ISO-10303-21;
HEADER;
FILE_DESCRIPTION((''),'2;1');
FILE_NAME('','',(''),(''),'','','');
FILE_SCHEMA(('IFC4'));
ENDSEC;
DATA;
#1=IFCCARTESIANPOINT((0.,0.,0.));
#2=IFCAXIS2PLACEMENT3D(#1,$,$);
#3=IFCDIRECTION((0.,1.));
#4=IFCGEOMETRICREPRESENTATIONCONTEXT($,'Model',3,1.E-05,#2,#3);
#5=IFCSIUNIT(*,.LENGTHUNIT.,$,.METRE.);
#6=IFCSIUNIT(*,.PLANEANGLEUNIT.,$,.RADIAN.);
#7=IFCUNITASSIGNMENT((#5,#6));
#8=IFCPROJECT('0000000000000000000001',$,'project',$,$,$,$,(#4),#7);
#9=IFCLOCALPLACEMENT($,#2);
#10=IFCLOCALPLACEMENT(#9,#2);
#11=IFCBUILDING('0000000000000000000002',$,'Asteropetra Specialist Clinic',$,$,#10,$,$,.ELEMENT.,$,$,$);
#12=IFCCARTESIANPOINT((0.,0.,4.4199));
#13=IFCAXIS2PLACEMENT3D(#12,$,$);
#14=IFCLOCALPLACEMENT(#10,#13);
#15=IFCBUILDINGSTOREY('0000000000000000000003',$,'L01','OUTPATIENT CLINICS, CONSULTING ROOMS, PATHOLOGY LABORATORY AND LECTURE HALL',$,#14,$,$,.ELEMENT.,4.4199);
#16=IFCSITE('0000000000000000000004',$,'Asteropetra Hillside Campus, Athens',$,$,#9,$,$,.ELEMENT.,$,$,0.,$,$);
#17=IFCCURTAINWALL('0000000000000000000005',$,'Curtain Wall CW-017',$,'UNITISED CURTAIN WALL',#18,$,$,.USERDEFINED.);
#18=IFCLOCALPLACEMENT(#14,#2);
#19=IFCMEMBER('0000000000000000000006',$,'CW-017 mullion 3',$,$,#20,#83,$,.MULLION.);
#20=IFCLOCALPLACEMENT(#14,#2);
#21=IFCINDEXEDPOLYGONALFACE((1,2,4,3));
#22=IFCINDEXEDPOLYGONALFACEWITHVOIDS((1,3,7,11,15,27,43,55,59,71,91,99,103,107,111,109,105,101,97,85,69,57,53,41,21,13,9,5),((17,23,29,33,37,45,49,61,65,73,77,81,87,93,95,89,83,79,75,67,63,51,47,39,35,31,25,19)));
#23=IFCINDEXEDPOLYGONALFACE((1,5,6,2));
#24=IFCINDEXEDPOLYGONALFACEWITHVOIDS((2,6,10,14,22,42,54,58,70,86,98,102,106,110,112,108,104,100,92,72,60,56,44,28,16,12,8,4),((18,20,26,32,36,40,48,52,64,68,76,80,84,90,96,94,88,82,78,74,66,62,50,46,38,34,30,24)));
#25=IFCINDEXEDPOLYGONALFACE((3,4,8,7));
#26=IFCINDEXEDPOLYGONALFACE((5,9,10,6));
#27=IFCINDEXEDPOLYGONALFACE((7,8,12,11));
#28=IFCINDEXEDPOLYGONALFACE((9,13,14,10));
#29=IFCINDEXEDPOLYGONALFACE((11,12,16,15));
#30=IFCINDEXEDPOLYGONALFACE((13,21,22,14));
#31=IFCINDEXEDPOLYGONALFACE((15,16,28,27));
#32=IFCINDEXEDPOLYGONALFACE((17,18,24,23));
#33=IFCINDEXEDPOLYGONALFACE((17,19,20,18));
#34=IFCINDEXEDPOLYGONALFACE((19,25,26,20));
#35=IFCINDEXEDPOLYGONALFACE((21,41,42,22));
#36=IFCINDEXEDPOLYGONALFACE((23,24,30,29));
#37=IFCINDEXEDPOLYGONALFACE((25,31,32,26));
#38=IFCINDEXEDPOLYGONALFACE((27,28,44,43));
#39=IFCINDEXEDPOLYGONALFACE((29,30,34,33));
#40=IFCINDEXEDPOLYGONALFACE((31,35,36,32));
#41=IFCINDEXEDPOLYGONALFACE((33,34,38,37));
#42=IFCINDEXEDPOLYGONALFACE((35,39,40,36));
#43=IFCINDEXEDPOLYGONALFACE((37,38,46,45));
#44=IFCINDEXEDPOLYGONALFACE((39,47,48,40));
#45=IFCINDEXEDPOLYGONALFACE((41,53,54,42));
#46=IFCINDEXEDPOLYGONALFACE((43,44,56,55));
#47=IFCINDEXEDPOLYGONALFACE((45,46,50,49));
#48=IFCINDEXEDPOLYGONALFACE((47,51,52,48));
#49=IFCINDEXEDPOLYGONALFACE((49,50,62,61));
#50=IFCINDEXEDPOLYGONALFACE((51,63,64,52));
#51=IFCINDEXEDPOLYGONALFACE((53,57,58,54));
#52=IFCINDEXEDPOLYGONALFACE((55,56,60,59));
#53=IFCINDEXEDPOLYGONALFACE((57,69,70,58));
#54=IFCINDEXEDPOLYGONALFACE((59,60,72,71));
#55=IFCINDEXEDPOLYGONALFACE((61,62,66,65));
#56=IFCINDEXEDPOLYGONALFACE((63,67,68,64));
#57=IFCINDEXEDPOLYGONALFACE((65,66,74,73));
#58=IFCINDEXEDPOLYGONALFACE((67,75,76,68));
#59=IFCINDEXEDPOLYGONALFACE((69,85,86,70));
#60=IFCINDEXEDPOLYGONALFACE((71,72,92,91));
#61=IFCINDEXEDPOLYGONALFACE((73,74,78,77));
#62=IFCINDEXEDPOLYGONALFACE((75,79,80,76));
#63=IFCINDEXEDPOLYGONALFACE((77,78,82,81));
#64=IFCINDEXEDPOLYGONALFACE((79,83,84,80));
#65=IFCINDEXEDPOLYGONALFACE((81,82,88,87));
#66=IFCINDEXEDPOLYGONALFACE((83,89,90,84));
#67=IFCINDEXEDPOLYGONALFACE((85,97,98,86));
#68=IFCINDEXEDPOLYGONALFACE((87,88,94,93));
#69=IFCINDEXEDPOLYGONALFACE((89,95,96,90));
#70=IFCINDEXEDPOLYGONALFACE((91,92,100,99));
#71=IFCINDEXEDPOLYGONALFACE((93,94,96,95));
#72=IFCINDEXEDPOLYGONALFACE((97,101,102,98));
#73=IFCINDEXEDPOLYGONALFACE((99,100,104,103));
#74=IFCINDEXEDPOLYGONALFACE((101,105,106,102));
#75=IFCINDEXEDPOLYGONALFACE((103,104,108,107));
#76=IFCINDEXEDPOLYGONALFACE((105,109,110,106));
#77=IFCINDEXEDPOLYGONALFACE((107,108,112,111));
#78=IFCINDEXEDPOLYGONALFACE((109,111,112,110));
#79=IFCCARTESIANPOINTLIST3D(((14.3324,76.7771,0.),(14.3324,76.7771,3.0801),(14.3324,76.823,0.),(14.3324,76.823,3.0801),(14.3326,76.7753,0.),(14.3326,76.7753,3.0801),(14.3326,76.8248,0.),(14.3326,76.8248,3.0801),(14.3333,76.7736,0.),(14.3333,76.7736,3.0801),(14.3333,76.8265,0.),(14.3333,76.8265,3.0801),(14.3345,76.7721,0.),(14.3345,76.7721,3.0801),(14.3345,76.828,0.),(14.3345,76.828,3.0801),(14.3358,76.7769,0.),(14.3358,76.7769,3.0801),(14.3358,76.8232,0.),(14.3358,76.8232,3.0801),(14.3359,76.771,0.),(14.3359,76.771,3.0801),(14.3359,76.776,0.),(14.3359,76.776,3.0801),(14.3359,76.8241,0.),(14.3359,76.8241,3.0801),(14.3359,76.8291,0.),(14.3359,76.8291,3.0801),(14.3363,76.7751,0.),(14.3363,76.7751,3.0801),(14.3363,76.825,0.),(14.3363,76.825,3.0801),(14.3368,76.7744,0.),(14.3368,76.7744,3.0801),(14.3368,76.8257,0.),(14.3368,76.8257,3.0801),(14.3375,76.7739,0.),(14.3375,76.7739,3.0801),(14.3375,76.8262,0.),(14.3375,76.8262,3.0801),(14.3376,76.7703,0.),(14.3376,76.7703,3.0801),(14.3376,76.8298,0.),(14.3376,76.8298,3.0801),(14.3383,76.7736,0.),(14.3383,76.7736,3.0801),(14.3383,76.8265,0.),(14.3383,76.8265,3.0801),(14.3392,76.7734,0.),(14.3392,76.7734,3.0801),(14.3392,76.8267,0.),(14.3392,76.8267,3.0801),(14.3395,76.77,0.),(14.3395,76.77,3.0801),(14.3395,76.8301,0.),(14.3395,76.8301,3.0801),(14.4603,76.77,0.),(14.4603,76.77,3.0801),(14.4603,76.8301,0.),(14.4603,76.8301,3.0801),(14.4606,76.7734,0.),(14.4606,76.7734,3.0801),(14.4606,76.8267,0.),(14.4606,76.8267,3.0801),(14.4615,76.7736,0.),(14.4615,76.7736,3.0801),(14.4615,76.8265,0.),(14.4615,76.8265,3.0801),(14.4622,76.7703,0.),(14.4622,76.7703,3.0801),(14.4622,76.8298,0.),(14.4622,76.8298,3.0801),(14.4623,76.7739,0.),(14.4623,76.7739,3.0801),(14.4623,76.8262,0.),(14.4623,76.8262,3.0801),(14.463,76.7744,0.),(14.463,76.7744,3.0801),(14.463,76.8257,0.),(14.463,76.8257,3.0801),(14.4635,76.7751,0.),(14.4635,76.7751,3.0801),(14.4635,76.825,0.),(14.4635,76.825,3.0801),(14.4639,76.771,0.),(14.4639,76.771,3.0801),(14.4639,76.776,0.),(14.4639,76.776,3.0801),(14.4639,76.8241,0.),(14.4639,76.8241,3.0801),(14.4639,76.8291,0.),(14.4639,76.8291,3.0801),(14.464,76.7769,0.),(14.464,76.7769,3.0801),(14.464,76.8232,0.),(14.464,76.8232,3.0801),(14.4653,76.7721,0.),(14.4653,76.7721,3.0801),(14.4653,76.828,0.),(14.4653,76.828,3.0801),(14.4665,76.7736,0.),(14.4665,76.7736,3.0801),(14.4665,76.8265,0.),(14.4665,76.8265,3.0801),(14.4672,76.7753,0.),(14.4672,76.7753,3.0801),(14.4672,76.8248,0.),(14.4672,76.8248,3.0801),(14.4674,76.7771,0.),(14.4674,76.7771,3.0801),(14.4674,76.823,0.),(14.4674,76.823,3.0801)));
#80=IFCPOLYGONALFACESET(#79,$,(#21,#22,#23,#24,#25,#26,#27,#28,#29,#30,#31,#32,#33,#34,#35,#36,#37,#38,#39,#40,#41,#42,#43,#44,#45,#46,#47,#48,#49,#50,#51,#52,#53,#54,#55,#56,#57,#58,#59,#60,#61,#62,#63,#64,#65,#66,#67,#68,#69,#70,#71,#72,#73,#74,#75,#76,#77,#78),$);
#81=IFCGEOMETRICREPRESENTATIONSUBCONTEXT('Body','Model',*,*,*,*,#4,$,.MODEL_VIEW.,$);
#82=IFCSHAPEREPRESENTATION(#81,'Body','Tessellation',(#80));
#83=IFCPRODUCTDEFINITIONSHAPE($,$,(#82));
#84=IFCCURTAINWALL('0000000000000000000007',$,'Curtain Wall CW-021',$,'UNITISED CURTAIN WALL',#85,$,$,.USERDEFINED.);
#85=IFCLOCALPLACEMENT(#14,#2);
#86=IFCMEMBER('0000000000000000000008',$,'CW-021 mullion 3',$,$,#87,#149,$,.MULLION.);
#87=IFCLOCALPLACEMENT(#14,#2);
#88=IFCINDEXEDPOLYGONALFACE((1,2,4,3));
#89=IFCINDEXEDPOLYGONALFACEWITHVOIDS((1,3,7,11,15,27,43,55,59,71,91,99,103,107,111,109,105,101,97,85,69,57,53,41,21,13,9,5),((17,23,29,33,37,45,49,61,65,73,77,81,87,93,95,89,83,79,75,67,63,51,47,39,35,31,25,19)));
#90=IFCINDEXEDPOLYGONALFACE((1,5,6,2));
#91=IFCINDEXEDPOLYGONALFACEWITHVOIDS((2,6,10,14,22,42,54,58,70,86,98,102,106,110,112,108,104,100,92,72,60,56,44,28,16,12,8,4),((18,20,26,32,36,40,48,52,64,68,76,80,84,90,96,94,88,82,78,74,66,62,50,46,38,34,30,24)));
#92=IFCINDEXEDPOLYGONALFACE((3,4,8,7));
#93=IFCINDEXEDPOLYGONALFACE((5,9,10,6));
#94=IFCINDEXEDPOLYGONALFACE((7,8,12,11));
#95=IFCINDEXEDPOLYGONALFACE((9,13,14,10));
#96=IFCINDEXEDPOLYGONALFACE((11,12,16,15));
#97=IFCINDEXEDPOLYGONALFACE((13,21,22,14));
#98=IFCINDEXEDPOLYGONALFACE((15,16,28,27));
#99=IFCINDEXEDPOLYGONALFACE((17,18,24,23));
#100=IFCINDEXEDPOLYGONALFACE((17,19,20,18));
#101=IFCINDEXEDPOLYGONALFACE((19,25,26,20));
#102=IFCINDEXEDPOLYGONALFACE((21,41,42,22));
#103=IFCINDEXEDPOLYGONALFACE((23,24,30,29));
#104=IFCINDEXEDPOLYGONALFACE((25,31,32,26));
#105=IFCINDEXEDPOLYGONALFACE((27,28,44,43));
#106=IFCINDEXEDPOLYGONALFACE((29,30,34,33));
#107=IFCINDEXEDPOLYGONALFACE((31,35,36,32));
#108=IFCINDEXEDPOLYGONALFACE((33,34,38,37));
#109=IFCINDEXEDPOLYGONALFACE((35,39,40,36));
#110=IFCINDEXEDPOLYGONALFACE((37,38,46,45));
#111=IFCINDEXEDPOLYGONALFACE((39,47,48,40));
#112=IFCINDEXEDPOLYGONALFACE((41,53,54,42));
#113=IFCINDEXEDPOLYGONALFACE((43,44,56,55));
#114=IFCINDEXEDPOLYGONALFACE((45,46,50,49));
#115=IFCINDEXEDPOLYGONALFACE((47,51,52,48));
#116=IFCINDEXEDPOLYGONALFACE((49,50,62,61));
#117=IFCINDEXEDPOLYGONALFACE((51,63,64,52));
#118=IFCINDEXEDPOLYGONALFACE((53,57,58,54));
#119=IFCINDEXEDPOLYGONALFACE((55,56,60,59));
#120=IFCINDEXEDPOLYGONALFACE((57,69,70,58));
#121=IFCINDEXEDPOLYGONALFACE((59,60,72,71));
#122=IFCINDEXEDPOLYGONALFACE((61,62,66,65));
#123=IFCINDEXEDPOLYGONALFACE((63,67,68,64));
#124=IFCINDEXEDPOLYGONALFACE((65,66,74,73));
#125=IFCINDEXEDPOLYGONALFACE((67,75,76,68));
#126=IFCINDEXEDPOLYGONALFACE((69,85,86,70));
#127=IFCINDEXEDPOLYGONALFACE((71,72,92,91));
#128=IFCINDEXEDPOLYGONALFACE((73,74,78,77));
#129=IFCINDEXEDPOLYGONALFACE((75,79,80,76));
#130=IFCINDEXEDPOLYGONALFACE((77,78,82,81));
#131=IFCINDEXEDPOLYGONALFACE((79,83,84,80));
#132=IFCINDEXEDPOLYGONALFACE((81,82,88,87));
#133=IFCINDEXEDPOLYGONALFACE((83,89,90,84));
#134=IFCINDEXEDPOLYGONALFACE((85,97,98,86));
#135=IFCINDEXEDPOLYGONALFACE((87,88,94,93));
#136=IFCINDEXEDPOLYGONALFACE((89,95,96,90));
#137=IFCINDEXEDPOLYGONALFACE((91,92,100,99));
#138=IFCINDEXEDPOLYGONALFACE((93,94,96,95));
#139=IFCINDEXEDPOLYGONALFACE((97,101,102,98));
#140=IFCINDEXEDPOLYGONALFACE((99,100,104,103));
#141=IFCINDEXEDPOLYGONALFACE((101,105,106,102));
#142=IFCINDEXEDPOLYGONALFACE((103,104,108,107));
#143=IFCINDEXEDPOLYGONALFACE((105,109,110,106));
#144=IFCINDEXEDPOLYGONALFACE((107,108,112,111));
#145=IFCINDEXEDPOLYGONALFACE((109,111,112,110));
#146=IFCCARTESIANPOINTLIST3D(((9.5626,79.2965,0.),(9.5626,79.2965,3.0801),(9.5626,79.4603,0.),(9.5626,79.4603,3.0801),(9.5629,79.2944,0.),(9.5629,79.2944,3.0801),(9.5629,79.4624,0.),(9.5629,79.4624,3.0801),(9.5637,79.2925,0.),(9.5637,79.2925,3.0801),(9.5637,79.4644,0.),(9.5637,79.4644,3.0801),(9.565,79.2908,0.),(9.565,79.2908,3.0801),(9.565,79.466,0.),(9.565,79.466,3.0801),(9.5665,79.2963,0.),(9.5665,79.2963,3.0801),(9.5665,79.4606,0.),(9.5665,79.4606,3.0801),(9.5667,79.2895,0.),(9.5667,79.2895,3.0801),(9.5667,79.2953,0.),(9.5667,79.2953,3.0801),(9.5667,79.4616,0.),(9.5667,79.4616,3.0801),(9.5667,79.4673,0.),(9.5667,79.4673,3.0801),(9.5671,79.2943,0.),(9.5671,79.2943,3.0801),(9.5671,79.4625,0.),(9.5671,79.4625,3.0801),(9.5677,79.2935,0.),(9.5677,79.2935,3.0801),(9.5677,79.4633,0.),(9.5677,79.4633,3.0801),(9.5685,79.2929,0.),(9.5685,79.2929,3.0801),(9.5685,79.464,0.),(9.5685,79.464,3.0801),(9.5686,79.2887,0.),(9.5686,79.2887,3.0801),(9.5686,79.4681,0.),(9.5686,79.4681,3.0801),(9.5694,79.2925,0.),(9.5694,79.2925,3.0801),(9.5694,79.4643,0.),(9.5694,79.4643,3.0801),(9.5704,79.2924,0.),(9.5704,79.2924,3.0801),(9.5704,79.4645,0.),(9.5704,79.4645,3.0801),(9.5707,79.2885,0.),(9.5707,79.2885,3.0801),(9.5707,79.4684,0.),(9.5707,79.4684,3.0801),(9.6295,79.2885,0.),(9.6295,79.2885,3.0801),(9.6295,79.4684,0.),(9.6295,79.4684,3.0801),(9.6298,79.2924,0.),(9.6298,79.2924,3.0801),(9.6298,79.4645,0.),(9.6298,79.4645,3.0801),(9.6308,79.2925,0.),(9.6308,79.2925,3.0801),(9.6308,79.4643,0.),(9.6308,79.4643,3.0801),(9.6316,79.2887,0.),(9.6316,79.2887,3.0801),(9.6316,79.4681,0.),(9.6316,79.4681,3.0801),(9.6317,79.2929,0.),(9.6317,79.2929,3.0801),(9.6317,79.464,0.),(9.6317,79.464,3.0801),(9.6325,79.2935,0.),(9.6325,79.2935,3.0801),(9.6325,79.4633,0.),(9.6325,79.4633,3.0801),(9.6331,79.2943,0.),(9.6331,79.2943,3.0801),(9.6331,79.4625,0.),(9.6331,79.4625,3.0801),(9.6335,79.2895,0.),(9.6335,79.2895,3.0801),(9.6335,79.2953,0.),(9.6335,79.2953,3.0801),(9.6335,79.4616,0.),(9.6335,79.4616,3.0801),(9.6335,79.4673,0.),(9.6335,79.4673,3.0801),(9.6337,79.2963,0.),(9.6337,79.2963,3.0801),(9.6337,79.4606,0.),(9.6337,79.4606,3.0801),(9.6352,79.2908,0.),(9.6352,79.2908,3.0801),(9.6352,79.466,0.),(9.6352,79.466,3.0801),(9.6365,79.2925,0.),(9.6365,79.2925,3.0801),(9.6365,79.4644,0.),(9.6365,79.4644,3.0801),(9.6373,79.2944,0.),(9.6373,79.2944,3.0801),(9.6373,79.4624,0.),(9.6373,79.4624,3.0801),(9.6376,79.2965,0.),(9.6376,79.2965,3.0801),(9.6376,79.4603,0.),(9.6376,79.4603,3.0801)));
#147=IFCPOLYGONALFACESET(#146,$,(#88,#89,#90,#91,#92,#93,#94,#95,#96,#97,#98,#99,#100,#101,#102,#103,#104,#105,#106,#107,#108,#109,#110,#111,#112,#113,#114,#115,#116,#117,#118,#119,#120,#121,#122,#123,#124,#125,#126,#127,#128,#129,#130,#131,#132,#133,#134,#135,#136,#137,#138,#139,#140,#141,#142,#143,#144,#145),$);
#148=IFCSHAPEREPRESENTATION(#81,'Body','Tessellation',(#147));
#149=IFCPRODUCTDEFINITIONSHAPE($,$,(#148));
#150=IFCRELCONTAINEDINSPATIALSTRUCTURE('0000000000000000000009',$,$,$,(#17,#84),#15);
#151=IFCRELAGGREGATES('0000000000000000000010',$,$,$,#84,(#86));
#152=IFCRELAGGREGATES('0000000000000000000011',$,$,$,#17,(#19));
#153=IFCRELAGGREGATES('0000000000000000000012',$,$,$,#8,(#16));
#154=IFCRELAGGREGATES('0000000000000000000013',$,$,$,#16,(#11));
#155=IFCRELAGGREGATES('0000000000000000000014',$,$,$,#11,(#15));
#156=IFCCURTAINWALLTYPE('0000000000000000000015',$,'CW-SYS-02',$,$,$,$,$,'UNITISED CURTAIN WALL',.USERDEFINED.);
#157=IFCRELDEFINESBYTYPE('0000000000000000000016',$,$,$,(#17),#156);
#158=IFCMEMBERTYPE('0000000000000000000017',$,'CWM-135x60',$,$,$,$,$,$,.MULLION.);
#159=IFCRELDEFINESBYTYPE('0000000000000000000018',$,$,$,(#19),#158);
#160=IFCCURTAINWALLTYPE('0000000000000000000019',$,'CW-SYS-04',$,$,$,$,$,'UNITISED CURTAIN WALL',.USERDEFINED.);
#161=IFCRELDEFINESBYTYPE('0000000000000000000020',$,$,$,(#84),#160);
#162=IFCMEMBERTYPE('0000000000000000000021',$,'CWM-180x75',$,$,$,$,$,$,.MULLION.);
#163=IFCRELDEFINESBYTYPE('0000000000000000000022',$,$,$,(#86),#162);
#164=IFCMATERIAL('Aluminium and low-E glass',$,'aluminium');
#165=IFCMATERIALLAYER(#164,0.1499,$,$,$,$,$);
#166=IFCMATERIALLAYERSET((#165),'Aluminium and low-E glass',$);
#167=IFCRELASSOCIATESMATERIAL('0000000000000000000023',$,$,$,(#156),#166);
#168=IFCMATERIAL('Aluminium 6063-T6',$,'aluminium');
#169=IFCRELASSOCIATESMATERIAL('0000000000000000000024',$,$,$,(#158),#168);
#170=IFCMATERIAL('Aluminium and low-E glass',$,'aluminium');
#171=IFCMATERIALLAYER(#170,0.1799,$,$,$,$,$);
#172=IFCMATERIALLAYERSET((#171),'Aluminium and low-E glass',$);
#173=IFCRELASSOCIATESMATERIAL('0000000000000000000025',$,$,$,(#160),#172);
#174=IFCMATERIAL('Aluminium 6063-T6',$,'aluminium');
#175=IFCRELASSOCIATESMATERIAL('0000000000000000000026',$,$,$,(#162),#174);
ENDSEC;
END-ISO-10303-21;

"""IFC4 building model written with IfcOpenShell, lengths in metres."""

from ifc_helpers import new_model, si_unit, direction, frame, origin, origin_2d, place, context, subcontext, project, spatial, hollow_rectangle, extrude, material, layer, layer_set, material_profile, profile_set, type_object, element, aggregate, save


model = new_model("IFC4")

# Units and contexts
model_context = context("Model", 3, precision=1e-05, world=origin(), true_north=direction((0.0, 1.0)))
body_context = subcontext(model_context, "Body", "Model", "MODEL_VIEW")
ifc_project = project(units=[si_unit("LENGTHUNIT", "METRE"), si_unit("PLANEANGLEUNIT", "RADIAN")], contexts=[model_context])

# Site, building, storey
site_placement = place(None, origin())
site = spatial("IfcSite", under=ifc_project, at=site_placement, Name="Asteropetra Hillside Campus, Athens", CompositionType="ELEMENT", RefElevation=0.0)
building_placement = place(site_placement, origin())
building = spatial("IfcBuilding", under=site, at=building_placement, Name="Asteropetra Specialist Clinic", CompositionType="ELEMENT")
storey_placement = place(building_placement, frame((0.0, 0.0, 4.4199)))
storey = spatial("IfcBuildingStorey", under=building, at=storey_placement, Name="L01", Description="OUTPATIENT CLINICS, CONSULTING ROOMS, PATHOLOGY LABORATORY AND LECTURE HALL", CompositionType="ELEMENT", Elevation=4.4199)

# Curtain wall, member
ifc_material_1 = material(Name="Aluminium and low-E glass", Category="aluminium")
ifc_layer_1 = layer(ifc_material_1, 0.1499)
ifc_layer_set_1 = layer_set([ifc_layer_1], Name="Aluminium and low-E glass")
curtain_wall_type_1 = type_object("IfcCurtainWallType", Name="CW-SYS-02", ElementType="UNITISED CURTAIN WALL", PredefinedType="USERDEFINED", material=ifc_layer_set_1)
curtain_wall_1_placement = place(storey_placement, origin())
curtain_wall_1 = element("IfcCurtainWall", 1, at=curtain_wall_1_placement, inside=storey, type_object=curtain_wall_type_1, Name="Curtain Wall CW-017", ObjectType="UNITISED CURTAIN WALL", PredefinedType="USERDEFINED")
ifc_material_2 = material(Name="Aluminium 6063-T6", Category="aluminium")
ifc_material_profile_1 = material_profile(ifc_material_2, hollow_rectangle(XDim=0.0601, YDim=0.135, WallThickness=0.0034, InnerFilletRadius=0.0034, OuterFilletRadius=0.0071, at=origin_2d()), Name="MUL 135x60x3.5")
ifc_profile_set_1 = profile_set([ifc_material_profile_1], Name="Aluminium 6063-T6")
member_type_1 = type_object("IfcMemberType", Name="CWM-135x60", PredefinedType="MULLION", material=ifc_profile_set_1)
member_1_placement = place(storey_placement, frame((14.3999, 76.8, 0.0), z_axis=(0.0, 0.0, 1.0), x_axis=(0.0, 1.0, 0.0)))
member_1 = element("IfcMember", 2, at=member_1_placement, type_object=member_type_1, Name="CW-017 mullion 3", PredefinedType="MULLION", context=body_context, shape_type="SweptSolid", body=[
    extrude(hollow_rectangle(XDim=0.0601, YDim=0.135, WallThickness=0.0034, InnerFilletRadius=0.0034, OuterFilletRadius=0.0071, at=origin_2d()), origin(), (0.0, 0.0, 1.0), 3.0801),
])

# Curtain wall, member
ifc_material_3 = material(Name="Aluminium and low-E glass", Category="aluminium")
ifc_layer_2 = layer(ifc_material_3, 0.1799)
ifc_layer_set_2 = layer_set([ifc_layer_2], Name="Aluminium and low-E glass")
curtain_wall_type_2 = type_object("IfcCurtainWallType", Name="CW-SYS-04", ElementType="UNITISED CURTAIN WALL", PredefinedType="USERDEFINED", material=ifc_layer_set_2)
curtain_wall_2_placement = place(storey_placement, origin())
curtain_wall_2 = element("IfcCurtainWall", 3, at=curtain_wall_2_placement, inside=storey, type_object=curtain_wall_type_2, Name="Curtain Wall CW-021", ObjectType="UNITISED CURTAIN WALL", PredefinedType="USERDEFINED")
ifc_material_4 = material(Name="Aluminium 6063-T6", Category="aluminium")
ifc_material_profile_2 = material_profile(ifc_material_4, hollow_rectangle(XDim=0.075, YDim=0.1799, WallThickness=0.0039, InnerFilletRadius=0.0039, OuterFilletRadius=0.0081, at=origin_2d()), Name="MUL 180x75x4.0")
ifc_profile_set_2 = profile_set([ifc_material_profile_2], Name="Aluminium 6063-T6")
member_type_2 = type_object("IfcMemberType", Name="CWM-180x75", PredefinedType="MULLION", material=ifc_profile_set_2)
member_2_placement = place(storey_placement, frame((9.6001, 79.3784, 0.0), z_axis=(0.0, 0.0, 1.0), x_axis=(1.0, 0.0, 0.0)))
member_2 = element("IfcMember", 4, at=member_2_placement, type_object=member_type_2, Name="CW-021 mullion 3", PredefinedType="MULLION", context=body_context, shape_type="SweptSolid", body=[
    extrude(hollow_rectangle(XDim=0.075, YDim=0.1799, WallThickness=0.0039, InnerFilletRadius=0.0039, OuterFilletRadius=0.0081, at=origin_2d()), origin(), (0.0, 0.0, 1.0), 3.0801),
])

aggregate(curtain_wall_2, [member_2])

aggregate(curtain_wall_1, [member_1])

save(model, "model.ifc")
